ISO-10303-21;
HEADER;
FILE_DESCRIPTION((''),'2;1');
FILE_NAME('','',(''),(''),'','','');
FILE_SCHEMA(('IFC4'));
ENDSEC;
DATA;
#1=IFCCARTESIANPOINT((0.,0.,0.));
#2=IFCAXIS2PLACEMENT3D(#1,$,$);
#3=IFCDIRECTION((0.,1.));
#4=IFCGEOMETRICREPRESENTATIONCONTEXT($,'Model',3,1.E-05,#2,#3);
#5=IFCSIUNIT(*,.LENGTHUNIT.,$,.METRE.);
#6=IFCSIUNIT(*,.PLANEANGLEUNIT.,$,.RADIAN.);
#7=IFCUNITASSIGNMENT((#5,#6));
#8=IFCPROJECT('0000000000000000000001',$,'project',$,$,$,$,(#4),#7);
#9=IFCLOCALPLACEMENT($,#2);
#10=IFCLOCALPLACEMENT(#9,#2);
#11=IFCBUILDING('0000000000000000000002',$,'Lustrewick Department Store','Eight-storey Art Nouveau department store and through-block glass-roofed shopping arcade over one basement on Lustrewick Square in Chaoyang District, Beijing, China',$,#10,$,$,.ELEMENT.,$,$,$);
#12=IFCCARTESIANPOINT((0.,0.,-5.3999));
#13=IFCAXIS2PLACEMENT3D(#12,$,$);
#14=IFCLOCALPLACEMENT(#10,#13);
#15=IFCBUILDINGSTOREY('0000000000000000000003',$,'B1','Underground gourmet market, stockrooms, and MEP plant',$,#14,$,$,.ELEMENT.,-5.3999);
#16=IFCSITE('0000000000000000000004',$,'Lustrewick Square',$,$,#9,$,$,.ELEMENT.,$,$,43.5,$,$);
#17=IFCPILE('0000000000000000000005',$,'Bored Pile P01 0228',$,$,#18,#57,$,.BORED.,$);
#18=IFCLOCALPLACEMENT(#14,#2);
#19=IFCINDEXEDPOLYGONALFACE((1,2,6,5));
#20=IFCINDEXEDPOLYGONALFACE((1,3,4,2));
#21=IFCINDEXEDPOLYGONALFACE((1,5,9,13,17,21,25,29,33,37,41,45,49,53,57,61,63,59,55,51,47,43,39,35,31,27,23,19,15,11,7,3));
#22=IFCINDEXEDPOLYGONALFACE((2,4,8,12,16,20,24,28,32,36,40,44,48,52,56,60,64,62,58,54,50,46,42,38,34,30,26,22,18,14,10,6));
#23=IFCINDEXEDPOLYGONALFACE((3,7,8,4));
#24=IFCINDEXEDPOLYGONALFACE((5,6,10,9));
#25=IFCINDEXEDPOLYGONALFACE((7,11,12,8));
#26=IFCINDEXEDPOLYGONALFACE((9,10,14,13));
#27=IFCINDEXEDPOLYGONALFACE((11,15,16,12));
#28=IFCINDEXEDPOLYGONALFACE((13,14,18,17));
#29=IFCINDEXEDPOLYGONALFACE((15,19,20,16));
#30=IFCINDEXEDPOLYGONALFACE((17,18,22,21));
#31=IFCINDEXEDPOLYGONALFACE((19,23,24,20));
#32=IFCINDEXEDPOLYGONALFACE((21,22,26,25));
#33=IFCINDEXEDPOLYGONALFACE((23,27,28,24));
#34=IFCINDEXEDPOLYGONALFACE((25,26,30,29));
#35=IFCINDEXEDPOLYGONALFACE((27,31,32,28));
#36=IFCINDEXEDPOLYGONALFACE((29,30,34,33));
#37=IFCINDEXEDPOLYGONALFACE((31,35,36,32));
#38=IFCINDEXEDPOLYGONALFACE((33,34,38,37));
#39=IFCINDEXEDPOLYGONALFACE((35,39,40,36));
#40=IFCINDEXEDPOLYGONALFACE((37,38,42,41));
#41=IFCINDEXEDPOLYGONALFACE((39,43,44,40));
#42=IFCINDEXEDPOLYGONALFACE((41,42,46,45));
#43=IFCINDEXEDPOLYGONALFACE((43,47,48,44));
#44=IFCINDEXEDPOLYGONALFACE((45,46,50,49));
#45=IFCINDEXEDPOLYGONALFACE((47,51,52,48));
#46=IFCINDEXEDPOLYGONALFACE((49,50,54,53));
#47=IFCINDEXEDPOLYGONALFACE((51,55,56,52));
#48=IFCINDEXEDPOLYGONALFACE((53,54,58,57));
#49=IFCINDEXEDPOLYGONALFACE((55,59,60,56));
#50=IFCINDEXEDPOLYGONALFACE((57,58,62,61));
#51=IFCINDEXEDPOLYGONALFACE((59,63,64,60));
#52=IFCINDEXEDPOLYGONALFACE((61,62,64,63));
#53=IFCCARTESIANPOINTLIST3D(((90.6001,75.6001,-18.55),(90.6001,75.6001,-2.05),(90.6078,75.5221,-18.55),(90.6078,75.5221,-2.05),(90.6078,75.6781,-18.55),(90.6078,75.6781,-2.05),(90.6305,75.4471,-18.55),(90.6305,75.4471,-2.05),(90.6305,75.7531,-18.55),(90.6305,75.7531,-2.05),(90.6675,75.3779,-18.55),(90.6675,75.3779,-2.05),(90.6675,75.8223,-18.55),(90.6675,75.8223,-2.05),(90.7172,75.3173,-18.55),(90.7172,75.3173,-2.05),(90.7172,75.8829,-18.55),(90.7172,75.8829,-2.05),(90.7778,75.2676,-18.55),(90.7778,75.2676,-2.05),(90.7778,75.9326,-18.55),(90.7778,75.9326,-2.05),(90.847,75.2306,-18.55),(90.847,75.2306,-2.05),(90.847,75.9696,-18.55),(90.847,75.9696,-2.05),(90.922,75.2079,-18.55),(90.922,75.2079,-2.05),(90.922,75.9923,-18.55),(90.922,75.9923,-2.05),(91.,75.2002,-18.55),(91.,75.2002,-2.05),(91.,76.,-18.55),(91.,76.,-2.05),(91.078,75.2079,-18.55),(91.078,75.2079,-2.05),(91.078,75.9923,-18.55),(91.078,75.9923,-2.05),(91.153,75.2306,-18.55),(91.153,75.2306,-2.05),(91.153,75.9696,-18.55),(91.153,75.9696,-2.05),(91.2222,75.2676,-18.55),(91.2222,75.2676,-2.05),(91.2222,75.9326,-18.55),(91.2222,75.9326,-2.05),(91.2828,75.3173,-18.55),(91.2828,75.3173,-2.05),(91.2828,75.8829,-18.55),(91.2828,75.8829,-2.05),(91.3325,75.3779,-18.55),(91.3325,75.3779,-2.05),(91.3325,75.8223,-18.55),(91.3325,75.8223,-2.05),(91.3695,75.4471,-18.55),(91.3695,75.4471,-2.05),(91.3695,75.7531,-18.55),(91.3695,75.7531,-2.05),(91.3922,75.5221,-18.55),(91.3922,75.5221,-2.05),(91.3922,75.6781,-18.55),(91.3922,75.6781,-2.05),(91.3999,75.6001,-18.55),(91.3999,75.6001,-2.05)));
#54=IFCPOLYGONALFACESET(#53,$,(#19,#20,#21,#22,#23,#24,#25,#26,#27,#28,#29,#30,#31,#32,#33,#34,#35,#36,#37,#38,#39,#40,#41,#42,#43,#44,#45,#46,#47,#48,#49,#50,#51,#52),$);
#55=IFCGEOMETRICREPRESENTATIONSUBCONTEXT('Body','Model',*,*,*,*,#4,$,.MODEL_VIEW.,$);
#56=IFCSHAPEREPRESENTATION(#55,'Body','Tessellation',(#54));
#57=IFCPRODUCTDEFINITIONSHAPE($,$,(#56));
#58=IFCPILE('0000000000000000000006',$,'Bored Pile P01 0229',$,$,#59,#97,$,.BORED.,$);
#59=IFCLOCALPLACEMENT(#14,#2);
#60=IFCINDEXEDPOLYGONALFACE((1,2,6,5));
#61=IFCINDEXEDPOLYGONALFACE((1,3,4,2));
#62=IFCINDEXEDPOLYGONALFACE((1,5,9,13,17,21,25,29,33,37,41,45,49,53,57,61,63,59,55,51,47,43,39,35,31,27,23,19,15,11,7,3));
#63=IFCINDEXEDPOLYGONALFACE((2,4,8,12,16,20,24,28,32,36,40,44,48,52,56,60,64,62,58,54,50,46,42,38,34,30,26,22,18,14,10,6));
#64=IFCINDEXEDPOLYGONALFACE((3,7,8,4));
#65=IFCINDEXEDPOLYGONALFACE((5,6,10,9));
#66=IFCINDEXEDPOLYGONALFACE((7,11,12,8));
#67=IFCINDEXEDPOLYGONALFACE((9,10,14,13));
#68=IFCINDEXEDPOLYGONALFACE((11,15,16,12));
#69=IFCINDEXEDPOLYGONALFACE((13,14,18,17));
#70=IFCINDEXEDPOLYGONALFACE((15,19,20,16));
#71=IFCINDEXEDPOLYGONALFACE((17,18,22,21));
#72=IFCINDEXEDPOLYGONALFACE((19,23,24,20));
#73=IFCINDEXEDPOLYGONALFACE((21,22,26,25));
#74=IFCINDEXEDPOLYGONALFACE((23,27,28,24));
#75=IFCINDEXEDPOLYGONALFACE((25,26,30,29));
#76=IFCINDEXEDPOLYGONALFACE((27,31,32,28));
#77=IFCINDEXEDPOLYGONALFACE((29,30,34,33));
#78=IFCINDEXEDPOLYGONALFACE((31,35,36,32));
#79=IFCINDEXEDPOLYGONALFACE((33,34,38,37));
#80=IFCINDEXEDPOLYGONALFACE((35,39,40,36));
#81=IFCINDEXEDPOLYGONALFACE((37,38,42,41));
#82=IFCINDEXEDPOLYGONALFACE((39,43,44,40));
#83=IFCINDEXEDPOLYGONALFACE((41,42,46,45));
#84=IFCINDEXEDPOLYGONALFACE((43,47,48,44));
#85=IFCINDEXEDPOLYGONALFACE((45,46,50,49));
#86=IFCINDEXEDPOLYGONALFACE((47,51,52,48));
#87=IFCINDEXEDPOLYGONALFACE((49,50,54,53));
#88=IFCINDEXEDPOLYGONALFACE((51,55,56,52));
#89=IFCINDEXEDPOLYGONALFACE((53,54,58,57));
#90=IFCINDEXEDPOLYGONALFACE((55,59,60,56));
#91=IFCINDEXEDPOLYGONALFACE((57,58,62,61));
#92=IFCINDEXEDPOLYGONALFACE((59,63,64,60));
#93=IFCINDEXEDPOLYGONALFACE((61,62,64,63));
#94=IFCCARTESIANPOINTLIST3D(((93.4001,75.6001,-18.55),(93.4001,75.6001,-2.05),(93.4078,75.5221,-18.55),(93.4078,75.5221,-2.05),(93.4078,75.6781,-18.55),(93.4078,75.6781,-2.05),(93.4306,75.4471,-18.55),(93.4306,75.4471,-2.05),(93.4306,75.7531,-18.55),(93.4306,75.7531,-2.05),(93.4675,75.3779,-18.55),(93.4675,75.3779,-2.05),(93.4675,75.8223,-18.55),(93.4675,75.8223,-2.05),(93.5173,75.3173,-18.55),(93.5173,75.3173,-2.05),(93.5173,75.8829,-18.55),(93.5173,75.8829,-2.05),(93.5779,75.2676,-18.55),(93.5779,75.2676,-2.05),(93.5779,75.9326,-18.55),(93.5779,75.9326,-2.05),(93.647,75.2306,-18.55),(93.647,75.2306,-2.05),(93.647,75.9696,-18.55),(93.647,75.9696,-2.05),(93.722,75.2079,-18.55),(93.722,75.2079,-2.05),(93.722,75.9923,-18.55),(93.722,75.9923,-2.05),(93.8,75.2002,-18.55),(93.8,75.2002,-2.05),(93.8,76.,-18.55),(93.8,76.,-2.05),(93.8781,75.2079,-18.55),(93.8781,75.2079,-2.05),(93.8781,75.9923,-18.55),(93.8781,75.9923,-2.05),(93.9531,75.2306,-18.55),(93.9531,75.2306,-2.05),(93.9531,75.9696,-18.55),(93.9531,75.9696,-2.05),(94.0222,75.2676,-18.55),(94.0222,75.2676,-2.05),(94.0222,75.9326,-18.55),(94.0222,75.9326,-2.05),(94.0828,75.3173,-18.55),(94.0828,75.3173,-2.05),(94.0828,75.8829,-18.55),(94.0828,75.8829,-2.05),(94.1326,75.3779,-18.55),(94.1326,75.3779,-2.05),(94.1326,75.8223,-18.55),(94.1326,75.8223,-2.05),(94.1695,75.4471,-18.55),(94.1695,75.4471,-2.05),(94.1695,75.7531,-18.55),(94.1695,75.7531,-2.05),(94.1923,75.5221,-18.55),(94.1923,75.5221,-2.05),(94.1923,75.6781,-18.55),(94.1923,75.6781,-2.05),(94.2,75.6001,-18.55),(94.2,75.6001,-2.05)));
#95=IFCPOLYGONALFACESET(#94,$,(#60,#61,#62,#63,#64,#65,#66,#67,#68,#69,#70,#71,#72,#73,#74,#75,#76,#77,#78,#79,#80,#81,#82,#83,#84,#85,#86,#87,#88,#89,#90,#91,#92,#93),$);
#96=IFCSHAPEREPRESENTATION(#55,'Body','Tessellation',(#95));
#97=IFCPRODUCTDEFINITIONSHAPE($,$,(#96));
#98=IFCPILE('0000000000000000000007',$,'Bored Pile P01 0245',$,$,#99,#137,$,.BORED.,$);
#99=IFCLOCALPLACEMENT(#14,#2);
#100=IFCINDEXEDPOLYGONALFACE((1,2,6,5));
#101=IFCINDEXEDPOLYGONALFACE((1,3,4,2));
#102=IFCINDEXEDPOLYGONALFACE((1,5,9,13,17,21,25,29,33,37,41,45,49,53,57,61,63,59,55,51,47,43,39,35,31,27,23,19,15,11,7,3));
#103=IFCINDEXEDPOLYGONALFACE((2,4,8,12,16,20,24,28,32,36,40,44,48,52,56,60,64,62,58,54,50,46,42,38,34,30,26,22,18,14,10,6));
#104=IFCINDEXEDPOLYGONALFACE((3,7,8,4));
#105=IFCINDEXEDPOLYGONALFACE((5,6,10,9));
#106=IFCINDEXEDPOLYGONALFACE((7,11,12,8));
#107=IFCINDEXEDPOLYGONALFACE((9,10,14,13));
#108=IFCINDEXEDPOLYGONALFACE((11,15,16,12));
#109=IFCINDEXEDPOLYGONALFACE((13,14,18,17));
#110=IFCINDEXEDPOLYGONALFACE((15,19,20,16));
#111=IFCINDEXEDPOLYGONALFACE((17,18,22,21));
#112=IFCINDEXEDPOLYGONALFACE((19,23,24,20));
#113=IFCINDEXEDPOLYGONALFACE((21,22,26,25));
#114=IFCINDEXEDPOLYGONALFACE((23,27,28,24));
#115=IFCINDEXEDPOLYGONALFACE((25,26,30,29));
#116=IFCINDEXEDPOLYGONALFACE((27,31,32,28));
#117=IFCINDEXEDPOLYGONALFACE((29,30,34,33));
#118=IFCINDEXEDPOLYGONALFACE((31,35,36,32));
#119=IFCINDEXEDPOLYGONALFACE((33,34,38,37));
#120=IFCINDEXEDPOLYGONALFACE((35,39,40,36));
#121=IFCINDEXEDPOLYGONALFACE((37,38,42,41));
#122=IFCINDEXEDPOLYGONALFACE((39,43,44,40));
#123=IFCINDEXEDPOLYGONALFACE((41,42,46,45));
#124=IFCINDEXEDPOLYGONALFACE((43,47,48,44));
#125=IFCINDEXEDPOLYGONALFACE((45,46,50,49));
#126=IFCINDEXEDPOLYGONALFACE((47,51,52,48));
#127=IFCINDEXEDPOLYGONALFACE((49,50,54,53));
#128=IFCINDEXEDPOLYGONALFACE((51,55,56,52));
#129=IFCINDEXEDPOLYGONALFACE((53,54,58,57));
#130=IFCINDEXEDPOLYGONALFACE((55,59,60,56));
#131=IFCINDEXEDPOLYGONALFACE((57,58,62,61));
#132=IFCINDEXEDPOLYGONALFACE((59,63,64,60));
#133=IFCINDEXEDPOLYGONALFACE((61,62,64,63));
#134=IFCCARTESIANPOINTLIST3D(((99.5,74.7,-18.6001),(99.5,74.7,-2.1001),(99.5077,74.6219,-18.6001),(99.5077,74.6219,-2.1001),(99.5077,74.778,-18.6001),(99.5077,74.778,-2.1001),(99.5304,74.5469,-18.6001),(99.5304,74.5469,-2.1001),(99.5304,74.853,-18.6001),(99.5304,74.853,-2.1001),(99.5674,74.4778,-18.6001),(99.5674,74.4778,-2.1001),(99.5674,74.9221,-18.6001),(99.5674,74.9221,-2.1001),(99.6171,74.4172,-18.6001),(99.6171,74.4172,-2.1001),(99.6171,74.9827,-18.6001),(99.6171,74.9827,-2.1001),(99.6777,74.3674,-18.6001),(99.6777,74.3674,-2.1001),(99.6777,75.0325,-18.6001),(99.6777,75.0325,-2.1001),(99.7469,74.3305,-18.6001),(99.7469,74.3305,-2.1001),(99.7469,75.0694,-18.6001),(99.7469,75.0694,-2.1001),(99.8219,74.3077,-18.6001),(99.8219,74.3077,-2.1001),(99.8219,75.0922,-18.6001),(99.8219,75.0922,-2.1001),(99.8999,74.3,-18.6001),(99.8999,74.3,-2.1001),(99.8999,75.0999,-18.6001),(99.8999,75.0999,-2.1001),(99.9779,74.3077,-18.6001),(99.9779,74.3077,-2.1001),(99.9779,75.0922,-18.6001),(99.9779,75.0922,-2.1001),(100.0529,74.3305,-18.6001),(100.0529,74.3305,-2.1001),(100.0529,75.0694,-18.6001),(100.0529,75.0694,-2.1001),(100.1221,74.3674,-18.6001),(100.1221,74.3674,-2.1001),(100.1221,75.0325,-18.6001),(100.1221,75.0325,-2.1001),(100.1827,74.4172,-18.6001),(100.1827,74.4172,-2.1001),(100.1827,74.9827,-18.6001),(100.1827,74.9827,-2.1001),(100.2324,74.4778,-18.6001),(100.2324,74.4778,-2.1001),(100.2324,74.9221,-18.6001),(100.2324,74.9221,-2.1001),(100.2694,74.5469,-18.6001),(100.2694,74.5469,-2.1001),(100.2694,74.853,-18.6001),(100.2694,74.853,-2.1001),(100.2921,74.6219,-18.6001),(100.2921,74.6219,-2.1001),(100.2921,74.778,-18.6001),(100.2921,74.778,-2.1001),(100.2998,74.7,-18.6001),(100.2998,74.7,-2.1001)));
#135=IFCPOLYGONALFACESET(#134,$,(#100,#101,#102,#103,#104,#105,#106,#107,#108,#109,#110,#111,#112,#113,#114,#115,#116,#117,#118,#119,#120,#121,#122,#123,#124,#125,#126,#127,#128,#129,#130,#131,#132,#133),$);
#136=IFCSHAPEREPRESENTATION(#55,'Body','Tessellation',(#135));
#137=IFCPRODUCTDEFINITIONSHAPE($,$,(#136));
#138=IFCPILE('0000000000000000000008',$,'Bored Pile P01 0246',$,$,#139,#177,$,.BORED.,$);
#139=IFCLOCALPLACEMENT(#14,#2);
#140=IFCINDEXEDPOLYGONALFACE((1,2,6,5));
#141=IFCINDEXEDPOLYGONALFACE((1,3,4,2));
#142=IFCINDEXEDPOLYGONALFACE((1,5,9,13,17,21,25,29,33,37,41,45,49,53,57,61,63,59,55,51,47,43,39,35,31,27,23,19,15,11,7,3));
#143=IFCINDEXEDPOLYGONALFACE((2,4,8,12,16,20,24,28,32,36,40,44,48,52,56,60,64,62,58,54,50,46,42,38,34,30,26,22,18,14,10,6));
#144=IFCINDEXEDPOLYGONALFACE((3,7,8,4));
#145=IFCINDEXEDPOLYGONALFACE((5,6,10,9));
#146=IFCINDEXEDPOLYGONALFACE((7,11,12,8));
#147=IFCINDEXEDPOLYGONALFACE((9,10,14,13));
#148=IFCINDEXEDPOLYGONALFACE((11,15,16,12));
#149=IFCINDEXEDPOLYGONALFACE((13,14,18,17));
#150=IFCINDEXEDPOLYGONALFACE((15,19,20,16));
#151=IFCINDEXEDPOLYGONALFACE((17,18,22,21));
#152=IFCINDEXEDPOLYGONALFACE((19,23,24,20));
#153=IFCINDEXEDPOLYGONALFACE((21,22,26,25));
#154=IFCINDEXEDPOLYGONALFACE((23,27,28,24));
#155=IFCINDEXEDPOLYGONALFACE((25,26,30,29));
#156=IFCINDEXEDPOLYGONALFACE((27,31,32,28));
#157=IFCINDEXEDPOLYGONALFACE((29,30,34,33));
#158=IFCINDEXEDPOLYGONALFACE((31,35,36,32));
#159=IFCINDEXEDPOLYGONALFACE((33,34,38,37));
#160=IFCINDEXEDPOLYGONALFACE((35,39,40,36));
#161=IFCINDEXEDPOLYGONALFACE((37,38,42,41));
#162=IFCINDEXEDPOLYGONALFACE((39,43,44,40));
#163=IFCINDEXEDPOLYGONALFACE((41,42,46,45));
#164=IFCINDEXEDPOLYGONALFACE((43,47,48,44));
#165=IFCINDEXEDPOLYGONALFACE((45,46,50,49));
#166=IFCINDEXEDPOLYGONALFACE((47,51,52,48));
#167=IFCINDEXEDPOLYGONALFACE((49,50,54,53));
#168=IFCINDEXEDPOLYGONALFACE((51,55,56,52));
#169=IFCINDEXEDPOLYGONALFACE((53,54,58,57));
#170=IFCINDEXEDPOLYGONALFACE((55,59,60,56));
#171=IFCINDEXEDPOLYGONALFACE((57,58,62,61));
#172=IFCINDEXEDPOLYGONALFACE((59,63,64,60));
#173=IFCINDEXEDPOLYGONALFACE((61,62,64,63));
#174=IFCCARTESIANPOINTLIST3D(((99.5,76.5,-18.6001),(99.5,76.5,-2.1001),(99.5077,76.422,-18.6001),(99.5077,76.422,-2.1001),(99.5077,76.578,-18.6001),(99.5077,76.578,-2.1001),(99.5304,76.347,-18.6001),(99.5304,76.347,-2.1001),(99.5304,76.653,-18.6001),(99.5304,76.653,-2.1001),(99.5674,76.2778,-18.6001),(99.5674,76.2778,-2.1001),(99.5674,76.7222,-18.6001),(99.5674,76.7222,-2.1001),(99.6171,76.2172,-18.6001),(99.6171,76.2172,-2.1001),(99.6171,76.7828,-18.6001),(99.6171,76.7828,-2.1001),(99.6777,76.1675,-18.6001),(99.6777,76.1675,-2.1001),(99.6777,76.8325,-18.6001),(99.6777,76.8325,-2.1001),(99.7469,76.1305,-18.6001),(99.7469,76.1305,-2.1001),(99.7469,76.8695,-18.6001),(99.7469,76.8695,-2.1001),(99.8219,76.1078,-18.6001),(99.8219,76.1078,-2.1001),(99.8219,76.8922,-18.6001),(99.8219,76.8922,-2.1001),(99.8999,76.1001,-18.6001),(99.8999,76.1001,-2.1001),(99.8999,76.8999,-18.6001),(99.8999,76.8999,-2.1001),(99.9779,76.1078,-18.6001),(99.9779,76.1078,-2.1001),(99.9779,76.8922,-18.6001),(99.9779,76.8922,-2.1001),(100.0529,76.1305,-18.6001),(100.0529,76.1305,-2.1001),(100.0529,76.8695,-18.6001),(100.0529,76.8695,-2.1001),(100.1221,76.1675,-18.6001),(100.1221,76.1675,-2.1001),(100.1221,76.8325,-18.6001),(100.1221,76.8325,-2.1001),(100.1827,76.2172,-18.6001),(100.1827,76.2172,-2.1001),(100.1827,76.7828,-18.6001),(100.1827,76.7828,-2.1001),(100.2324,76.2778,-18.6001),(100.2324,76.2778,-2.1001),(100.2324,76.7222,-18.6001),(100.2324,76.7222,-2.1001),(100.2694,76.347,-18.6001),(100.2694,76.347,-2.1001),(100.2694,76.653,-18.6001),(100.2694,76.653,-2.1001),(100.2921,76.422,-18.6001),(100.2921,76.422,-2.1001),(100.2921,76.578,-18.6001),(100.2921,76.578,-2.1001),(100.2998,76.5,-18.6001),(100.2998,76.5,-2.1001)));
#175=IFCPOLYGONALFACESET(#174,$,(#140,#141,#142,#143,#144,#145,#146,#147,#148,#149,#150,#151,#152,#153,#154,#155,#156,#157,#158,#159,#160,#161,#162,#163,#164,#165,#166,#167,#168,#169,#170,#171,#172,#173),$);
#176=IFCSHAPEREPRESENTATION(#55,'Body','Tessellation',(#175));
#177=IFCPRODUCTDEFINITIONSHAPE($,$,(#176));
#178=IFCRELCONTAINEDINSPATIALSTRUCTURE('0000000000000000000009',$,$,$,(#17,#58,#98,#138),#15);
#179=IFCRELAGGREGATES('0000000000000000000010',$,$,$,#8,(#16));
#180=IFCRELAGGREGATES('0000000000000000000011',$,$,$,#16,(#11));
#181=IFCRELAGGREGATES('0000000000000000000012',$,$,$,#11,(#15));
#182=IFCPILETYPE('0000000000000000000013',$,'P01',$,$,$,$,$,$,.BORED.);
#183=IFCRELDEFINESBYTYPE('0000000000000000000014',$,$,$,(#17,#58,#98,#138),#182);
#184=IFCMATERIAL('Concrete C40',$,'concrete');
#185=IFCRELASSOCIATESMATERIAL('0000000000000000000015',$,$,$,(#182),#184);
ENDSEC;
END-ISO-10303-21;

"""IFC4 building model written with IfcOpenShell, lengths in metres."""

from ifc_helpers import new_model, si_unit, direction, frame, origin, origin_2d, place, context, subcontext, project, spatial, circle, extrude, material, material_profile, profile_set, type_object, element, save


model = new_model("IFC4")

# Units and contexts
model_context = context("Model", 3, precision=1e-05, world=origin(), true_north=direction((0.0, 1.0)))
body_context = subcontext(model_context, "Body", "Model", "MODEL_VIEW")
ifc_project = project(units=[si_unit("LENGTHUNIT", "METRE"), si_unit("PLANEANGLEUNIT", "RADIAN")], contexts=[model_context])

# Site, building, storey
site_placement = place(None, origin())
site = spatial("IfcSite", under=ifc_project, at=site_placement, Name="Lustrewick Square", CompositionType="ELEMENT", RefElevation=43.5)
building_placement = place(site_placement, origin())
building = spatial("IfcBuilding", under=site, at=building_placement, Name="Lustrewick Department Store", Description="Eight-storey Art Nouveau department store and through-block glass-roofed shopping arcade over one basement on Lustrewick Square in Chaoyang District, Beijing, China", CompositionType="ELEMENT")
storey_placement = place(building_placement, frame((0.0, 0.0, -5.3999)))
storey = spatial("IfcBuildingStorey", under=building, at=storey_placement, Name="B1", Description="Underground gourmet market, stockrooms, and MEP plant", CompositionType="ELEMENT", Elevation=-5.3999)

# Piles
ifc_material_1 = material(Name="Concrete C40", Category="concrete")
ifc_material_profile_1 = material_profile(ifc_material_1, circle(Radius=0.3999, at=origin_2d()), Name="PILE D800")
ifc_profile_set_1 = profile_set([ifc_material_profile_1], Name="Concrete C40")
pile_type_1 = type_object("IfcPileType", Name="P01", PredefinedType="BORED", material=ifc_profile_set_1)
for number, where, z_axis, x_axis, name in (
    (1, (91.0, 75.6001, -2.05), (0.0, 0.0, -1.0), (1.0, 0.0, 0.0), "Bored Pile P01 0228"),
    (2, (93.8, 75.6001, -2.05), (0.0, 0.0, -1.0), (1.0, 0.0, 0.0), "Bored Pile P01 0229"),
    (3, (99.8999, 74.7, -2.1001), (0.0, 0.0, -1.0), (1.0, 0.0, 0.0), "Bored Pile P01 0245"),
    (4, (99.8999, 76.5, -2.1001), (0.0, 0.0, -1.0), (1.0, 0.0, 0.0), "Bored Pile P01 0246"),
):
    element("IfcPile", number, at=place(storey_placement, frame(where, z_axis=z_axis, x_axis=x_axis)), inside=storey, type_object=pile_type_1, Name=name, PredefinedType="BORED", context=body_context, shape_type="SweptSolid", body=[
        extrude(circle(Radius=0.3999, at=origin_2d()), origin(), (0.0, 0.0, 1.0), 16.5),
    ])

save(model, "model.ifc")
